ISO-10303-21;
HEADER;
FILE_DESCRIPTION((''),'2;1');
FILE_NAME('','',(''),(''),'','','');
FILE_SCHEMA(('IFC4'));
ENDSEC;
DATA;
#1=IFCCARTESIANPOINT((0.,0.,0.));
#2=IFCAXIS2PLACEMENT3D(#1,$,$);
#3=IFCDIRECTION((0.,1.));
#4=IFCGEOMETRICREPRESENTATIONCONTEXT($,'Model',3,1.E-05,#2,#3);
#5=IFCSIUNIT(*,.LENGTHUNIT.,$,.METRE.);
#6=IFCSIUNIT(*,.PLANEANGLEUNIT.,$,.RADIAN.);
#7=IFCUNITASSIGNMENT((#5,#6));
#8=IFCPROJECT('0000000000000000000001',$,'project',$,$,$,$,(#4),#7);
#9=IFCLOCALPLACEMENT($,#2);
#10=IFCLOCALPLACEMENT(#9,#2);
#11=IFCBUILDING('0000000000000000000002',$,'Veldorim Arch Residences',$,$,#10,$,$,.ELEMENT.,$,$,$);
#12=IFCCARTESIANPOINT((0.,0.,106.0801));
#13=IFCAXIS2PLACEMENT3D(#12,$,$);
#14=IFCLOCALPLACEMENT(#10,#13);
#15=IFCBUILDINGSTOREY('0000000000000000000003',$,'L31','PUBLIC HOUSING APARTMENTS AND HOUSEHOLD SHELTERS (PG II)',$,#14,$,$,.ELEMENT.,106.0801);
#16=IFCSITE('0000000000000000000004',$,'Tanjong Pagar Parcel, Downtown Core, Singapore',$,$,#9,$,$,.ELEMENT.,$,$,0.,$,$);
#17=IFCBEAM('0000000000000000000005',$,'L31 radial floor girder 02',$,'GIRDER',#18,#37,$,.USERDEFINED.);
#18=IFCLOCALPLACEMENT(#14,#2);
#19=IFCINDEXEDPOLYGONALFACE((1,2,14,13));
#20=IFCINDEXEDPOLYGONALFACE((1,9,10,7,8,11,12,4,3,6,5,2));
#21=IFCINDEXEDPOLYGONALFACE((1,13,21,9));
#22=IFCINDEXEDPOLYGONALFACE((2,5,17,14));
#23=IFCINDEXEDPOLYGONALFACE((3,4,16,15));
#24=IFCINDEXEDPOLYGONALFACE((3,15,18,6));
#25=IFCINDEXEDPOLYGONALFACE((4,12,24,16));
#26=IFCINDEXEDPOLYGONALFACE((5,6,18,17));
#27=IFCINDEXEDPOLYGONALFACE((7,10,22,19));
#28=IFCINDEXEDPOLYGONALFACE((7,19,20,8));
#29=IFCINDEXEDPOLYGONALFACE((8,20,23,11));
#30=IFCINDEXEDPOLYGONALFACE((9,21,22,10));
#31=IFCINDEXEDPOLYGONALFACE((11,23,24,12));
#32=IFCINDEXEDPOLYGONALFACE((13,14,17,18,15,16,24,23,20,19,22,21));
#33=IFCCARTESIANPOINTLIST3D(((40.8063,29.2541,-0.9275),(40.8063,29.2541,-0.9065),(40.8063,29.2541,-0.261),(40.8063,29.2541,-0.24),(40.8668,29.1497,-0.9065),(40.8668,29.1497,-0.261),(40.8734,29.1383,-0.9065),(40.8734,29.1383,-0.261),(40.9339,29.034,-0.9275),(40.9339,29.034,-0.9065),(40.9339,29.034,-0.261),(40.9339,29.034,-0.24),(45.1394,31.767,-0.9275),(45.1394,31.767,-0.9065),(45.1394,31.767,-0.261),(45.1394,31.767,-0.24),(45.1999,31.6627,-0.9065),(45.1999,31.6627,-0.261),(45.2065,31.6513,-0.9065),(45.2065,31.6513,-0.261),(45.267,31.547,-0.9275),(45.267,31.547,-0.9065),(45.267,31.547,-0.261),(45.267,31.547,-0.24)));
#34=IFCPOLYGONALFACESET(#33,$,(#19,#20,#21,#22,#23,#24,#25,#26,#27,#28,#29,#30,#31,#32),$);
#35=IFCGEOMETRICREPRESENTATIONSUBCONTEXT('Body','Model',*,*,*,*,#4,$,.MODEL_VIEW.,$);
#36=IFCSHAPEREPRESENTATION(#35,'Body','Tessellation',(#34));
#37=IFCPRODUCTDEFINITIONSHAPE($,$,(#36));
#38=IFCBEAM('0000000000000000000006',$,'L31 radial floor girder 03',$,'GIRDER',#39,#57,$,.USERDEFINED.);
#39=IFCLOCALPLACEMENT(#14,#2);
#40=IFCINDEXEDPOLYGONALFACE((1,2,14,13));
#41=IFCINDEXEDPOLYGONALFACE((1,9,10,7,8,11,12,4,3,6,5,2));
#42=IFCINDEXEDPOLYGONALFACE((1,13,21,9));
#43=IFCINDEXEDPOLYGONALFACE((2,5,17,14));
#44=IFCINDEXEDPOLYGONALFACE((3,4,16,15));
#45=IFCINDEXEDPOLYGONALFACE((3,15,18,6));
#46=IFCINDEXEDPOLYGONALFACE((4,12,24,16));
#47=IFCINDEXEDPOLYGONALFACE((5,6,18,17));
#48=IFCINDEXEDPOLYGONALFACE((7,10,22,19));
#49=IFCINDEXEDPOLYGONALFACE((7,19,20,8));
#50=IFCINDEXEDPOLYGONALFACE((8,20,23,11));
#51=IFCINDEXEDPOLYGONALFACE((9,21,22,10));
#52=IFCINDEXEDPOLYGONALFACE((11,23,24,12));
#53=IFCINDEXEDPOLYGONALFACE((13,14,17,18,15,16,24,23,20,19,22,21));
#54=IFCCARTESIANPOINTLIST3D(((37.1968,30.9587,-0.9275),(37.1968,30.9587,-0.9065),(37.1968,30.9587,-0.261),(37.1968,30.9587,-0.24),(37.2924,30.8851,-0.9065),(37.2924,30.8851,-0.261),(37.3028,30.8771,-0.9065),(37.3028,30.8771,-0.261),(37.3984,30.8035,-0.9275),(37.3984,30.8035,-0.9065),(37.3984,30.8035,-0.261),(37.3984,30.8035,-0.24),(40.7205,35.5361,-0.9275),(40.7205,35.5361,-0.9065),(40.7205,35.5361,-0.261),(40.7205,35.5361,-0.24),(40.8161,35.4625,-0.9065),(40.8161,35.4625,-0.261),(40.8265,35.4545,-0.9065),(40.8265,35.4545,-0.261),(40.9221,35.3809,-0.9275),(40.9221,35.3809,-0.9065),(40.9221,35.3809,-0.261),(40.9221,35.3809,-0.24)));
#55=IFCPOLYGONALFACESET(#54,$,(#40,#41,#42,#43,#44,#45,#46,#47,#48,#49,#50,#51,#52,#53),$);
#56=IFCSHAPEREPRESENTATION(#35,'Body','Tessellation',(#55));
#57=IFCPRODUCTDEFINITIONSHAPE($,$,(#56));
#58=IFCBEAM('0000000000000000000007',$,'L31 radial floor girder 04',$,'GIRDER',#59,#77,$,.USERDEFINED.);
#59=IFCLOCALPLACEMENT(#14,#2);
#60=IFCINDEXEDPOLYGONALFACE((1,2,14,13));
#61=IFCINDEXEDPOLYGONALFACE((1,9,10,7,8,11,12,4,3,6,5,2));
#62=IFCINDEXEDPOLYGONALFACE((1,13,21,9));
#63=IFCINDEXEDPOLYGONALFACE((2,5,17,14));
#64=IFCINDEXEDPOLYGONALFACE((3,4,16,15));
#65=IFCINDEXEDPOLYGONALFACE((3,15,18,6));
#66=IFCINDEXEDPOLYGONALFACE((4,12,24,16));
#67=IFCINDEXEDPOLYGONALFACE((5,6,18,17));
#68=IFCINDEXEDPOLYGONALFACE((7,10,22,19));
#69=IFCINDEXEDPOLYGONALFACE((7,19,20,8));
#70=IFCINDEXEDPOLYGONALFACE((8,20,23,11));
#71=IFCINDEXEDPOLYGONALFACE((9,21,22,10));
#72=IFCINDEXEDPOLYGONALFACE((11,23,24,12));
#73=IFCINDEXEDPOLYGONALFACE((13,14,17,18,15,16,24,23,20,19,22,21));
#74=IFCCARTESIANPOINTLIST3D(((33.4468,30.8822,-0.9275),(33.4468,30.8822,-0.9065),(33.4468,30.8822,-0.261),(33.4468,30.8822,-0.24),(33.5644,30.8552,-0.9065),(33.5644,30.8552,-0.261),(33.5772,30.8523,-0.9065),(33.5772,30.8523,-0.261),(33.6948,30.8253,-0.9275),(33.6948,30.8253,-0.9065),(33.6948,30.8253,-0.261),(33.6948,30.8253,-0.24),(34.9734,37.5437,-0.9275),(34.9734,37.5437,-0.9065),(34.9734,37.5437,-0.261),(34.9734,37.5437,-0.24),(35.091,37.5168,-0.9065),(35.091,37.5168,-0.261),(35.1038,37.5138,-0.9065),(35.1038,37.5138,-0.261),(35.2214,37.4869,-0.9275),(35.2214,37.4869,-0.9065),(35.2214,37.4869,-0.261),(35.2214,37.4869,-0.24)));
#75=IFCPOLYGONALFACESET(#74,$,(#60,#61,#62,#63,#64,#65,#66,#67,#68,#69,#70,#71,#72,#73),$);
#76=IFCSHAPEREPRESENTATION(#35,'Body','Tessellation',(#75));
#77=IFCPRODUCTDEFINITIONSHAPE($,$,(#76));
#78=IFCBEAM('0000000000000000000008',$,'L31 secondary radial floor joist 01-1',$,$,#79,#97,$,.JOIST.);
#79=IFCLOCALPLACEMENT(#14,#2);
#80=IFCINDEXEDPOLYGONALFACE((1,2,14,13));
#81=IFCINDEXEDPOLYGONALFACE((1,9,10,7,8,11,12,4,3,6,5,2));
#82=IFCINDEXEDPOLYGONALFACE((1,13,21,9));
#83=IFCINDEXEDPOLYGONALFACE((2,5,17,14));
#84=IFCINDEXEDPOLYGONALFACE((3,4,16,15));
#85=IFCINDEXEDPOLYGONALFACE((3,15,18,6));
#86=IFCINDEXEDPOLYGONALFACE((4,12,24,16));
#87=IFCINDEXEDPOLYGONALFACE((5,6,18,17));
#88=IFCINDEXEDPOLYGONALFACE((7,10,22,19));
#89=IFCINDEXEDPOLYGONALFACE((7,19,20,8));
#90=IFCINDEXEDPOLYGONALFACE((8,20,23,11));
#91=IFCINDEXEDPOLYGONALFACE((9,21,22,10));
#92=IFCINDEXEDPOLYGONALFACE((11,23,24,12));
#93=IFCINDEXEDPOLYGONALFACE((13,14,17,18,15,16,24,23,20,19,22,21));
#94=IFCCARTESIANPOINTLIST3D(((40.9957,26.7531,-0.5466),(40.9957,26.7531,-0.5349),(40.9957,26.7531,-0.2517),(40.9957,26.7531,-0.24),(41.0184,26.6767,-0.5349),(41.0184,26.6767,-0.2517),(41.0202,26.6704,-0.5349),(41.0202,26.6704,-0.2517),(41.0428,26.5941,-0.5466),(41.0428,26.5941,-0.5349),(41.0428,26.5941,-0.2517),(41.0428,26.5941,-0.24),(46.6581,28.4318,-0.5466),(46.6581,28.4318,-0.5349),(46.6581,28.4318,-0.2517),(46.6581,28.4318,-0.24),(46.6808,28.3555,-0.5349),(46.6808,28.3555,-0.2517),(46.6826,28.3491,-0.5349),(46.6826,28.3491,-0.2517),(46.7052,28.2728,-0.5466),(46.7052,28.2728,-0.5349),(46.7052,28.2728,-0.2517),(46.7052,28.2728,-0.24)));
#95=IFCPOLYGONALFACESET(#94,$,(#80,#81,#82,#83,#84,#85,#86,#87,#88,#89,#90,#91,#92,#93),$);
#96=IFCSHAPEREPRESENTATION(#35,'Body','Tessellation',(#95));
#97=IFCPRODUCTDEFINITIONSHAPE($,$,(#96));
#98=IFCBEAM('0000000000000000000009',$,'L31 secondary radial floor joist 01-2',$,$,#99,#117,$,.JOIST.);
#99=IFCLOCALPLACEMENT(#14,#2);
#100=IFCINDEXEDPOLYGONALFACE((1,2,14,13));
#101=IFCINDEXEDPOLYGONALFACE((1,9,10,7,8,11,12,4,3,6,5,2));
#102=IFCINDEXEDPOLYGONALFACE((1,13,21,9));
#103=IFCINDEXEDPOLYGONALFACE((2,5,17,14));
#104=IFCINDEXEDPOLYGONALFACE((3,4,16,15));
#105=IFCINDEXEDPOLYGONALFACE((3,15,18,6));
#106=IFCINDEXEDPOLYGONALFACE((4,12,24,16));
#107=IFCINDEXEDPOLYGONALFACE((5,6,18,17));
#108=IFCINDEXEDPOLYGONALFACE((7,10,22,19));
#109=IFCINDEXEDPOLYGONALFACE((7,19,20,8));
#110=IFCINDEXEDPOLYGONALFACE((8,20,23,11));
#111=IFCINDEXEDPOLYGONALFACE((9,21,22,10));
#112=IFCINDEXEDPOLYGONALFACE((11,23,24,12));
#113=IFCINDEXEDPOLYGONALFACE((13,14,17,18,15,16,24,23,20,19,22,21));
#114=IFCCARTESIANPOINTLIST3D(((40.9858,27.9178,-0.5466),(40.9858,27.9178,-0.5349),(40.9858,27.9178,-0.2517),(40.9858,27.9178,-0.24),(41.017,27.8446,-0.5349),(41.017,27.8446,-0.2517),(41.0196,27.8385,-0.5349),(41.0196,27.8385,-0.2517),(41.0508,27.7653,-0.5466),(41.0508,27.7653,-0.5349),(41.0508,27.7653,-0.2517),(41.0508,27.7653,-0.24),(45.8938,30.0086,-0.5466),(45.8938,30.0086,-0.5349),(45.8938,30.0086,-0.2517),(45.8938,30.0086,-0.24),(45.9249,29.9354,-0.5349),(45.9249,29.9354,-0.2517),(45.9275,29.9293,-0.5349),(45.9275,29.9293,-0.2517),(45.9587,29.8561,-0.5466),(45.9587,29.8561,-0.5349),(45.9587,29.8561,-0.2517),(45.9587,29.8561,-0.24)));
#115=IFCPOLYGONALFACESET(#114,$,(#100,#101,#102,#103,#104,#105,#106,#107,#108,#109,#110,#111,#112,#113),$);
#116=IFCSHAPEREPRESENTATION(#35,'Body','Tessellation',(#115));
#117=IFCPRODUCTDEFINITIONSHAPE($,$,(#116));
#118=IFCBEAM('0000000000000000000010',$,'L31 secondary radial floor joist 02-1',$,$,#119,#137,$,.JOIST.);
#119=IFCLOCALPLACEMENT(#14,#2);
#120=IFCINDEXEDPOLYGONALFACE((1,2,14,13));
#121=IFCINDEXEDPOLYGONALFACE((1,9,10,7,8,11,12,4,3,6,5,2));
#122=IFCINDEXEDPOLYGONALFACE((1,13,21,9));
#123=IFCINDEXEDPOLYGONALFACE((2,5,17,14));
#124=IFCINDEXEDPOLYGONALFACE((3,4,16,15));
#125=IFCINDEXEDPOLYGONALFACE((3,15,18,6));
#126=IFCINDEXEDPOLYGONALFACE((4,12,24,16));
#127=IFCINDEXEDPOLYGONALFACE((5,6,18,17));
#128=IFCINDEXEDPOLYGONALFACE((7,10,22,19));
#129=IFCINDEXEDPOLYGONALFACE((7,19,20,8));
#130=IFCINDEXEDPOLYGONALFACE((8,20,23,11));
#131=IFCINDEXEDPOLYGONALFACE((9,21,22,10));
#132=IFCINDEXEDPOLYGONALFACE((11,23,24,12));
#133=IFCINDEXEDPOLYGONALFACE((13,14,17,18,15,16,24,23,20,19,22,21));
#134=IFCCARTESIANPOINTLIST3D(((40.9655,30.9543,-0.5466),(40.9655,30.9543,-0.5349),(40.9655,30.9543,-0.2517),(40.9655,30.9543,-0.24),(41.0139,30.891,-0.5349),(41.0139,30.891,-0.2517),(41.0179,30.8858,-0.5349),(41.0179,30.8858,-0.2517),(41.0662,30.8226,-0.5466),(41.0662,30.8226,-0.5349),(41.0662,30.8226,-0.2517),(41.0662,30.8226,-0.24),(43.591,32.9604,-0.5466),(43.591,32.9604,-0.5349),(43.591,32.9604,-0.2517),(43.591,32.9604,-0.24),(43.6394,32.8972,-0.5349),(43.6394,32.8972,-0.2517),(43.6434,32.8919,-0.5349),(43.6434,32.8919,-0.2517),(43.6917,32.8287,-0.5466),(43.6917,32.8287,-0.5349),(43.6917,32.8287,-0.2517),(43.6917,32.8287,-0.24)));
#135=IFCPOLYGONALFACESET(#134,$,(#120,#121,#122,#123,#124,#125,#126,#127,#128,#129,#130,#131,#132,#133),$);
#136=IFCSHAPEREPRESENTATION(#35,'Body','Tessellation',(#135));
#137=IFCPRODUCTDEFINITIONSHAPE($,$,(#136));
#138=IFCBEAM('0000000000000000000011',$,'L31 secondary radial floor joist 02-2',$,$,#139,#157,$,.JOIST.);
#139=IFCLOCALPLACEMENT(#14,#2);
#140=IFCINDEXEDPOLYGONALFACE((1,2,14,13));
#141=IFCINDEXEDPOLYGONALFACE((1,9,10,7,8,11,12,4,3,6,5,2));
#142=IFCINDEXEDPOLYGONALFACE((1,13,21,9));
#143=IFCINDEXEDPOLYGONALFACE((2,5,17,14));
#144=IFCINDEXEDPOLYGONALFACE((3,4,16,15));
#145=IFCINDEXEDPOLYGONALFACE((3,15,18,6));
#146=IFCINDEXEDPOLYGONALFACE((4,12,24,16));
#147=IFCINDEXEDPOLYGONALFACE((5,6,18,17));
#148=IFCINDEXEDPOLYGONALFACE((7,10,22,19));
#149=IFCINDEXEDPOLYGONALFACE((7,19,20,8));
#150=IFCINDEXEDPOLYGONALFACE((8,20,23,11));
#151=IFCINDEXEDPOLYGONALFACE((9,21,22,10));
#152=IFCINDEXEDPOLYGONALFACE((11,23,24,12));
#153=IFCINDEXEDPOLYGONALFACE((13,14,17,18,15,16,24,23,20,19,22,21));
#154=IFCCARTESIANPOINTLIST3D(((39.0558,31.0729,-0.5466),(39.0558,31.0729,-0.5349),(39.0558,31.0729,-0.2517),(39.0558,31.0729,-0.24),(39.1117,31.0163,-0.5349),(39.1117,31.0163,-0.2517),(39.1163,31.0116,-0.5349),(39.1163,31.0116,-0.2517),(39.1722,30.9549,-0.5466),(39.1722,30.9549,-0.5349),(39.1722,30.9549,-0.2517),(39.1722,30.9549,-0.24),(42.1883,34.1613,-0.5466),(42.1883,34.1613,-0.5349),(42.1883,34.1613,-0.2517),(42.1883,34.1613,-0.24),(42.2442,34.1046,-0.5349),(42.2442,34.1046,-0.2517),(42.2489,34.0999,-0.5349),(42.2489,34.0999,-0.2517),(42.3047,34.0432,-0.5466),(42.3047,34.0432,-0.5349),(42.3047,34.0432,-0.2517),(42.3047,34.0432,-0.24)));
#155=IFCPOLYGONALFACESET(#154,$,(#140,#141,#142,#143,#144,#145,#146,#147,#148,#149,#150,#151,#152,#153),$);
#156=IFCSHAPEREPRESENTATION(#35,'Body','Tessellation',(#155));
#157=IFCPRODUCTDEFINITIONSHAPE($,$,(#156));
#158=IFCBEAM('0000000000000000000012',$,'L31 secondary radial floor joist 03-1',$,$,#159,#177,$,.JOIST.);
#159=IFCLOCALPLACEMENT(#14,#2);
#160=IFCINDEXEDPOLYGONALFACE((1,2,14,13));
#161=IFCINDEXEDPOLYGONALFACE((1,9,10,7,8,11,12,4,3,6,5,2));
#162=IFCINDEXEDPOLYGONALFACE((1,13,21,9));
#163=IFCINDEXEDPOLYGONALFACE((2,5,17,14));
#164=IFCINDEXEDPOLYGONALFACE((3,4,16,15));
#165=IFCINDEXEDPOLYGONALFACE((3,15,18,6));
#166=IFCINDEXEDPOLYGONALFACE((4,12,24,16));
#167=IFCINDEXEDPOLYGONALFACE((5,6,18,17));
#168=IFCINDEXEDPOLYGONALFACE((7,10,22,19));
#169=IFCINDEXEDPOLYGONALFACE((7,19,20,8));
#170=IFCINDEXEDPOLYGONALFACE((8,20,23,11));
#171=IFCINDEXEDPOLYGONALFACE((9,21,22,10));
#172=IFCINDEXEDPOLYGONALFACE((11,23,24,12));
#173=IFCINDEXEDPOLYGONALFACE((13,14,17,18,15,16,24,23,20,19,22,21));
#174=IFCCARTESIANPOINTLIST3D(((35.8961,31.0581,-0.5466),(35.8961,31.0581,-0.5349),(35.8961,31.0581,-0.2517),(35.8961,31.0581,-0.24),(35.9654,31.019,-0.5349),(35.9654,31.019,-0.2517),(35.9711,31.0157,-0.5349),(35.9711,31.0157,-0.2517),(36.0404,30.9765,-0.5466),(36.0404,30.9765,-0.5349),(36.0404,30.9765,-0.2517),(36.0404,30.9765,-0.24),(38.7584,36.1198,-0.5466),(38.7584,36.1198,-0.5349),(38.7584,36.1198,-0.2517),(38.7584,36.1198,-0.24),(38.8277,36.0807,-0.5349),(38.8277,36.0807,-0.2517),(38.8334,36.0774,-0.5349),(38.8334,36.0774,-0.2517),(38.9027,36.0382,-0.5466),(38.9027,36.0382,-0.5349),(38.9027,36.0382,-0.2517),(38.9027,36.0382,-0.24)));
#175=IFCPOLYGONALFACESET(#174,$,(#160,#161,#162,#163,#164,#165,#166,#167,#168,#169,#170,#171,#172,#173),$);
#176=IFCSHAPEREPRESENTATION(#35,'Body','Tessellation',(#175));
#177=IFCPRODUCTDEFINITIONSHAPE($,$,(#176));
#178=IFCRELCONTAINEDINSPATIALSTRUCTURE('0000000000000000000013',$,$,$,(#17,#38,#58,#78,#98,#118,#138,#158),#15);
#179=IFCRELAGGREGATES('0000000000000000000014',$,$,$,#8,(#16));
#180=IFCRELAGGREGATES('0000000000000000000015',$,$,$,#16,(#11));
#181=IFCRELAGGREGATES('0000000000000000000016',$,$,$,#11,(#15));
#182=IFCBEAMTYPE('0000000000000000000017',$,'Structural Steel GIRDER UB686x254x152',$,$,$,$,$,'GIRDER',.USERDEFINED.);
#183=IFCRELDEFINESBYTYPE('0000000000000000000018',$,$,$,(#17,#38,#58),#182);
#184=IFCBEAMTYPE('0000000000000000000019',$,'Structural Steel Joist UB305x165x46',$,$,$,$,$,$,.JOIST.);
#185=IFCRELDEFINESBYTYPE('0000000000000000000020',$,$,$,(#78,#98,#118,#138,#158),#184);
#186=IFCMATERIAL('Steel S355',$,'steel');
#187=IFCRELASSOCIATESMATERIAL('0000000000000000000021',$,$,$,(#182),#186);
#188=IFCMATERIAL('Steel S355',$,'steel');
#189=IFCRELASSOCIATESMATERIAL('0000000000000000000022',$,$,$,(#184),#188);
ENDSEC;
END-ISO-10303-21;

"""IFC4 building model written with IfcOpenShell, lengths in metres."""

from ifc_helpers import new_model, si_unit, direction, frame, origin, origin_2d, place, context, subcontext, project, spatial, i_section, extrude, material, material_profile, profile_set, type_object, element, save


model = new_model("IFC4")

# Units and contexts
model_context = context("Model", 3, precision=1e-05, world=origin(), true_north=direction((0.0, 1.0)))
body_context = subcontext(model_context, "Body", "Model", "MODEL_VIEW")
ifc_project = project(units=[si_unit("LENGTHUNIT", "METRE"), si_unit("PLANEANGLEUNIT", "RADIAN")], contexts=[model_context])

# Site, building, storey
site_placement = place(None, origin())
site = spatial("IfcSite", under=ifc_project, at=site_placement, Name="Tanjong Pagar Parcel, Downtown Core, Singapore", CompositionType="ELEMENT", RefElevation=0.0)
building_placement = place(site_placement, origin())
building = spatial("IfcBuilding", under=site, at=building_placement, Name="Veldorim Arch Residences", CompositionType="ELEMENT")
storey_placement = place(building_placement, frame((0.0, 0.0, 106.0801)))
storey = spatial("IfcBuildingStorey", under=building, at=storey_placement, Name="L31", Description="PUBLIC HOUSING APARTMENTS AND HOUSEHOLD SHELTERS (PG II)", CompositionType="ELEMENT", Elevation=106.0801)

# Beams
ifc_material_1 = material(Name="Steel S355", Category="steel")
ifc_material_profile_1 = material_profile(ifc_material_1, i_section(OverallWidth=0.2544, OverallDepth=0.6875, WebThickness=0.0132, FlangeThickness=0.021, at=origin_2d()), Name="UB686x254x152")
ifc_profile_set_1 = profile_set([ifc_material_profile_1], Name="Steel S355")
beam_type_1 = type_object("IfcBeamType", Name="Structural Steel GIRDER UB686x254x152", ElementType="GIRDER", PredefinedType="USERDEFINED", material=ifc_profile_set_1)
beam_1_placement = place(storey_placement, frame((40.8701, 29.144, -0.5837), z_axis=(0.865049, 0.501687, 0.0), x_axis=(-0.501687, 0.865049, 0.0)))
element("IfcBeam", 1, at=beam_1_placement, inside=storey, type_object=beam_type_1, Name="L31 radial floor girder 02", ObjectType="GIRDER", PredefinedType="USERDEFINED", context=body_context, shape_type="SweptSolid", body=[
    extrude(i_section(OverallWidth=0.2544, OverallDepth=0.6875, WebThickness=0.0132, FlangeThickness=0.021, at=origin_2d()), origin(), (0.0, 0.0, 1.0), 5.009),
])
beam_2_placement = place(storey_placement, frame((37.2976, 30.8811, -0.5837), z_axis=(0.609995, 0.792406, 0.0), x_axis=(-0.792406, 0.609995, 0.0)))
element("IfcBeam", 2, at=beam_2_placement, inside=storey, type_object=beam_type_1, Name="L31 radial floor girder 03", ObjectType="GIRDER", PredefinedType="USERDEFINED", context=body_context, shape_type="SweptSolid", body=[
    extrude(i_section(OverallWidth=0.2544, OverallDepth=0.6875, WebThickness=0.0132, FlangeThickness=0.021, at=origin_2d()), origin(), (0.0, 0.0, 1.0), 5.7766),
])
beam_3_placement = place(storey_placement, frame((33.5708, 30.8538, -0.5837), z_axis=(0.223375, 0.974733, 0.0), x_axis=(-0.974733, 0.223375, 0.0)))
element("IfcBeam", 3, at=beam_3_placement, inside=storey, type_object=beam_type_1, Name="L31 radial floor girder 04", ObjectType="GIRDER", PredefinedType="USERDEFINED", context=body_context, shape_type="SweptSolid", body=[
    extrude(i_section(OverallWidth=0.2544, OverallDepth=0.6875, WebThickness=0.0132, FlangeThickness=0.021, at=origin_2d()), origin(), (0.0, 0.0, 1.0), 6.8342),
])
ifc_material_2 = material(Name="Steel S355", Category="steel")
ifc_material_profile_2 = material_profile(ifc_material_2, i_section(OverallWidth=0.1658, OverallDepth=0.3066, WebThickness=0.0066, FlangeThickness=0.0117, at=origin_2d()), Name="UB305x165x46")
ifc_profile_set_2 = profile_set([ifc_material_profile_2], Name="Steel S355")
beam_type_2 = type_object("IfcBeamType", Name="Structural Steel Joist UB305x165x46", PredefinedType="JOIST", material=ifc_profile_set_2)
beam_4_placement = place(storey_placement, frame((41.0193, 26.6736, -0.3933), z_axis=(0.958753, 0.28424, 0.0), x_axis=(-0.28424, 0.958753, 0.0)))
element("IfcBeam", 4, at=beam_4_placement, inside=storey, type_object=beam_type_2, Name="L31 secondary radial floor joist 01-1", PredefinedType="JOIST", context=body_context, shape_type="SweptSolid", body=[
    extrude(i_section(OverallWidth=0.1658, OverallDepth=0.3066, WebThickness=0.0066, FlangeThickness=0.0117, at=origin_2d()), origin(), (0.0, 0.0, 1.0), 5.906),
])
beam_5_placement = place(storey_placement, frame((41.0183, 27.8416, -0.3933), z_axis=(0.919997, 0.391924, 0.0), x_axis=(-0.391924, 0.919997, 0.0)))
element("IfcBeam", 5, at=beam_5_placement, inside=storey, type_object=beam_type_2, Name="L31 secondary radial floor joist 01-2", PredefinedType="JOIST", context=body_context, shape_type="SweptSolid", body=[
    extrude(i_section(OverallWidth=0.1658, OverallDepth=0.3066, WebThickness=0.0066, FlangeThickness=0.0117, at=origin_2d()), origin(), (0.0, 0.0, 1.0), 5.3347),
])
beam_6_placement = place(storey_placement, frame((41.0159, 30.8884, -0.3933), z_axis=(0.794595, 0.60714, 0.0), x_axis=(-0.60714, 0.794595, 0.0)))
element("IfcBeam", 6, at=beam_6_placement, inside=storey, type_object=beam_type_2, Name="L31 secondary radial floor joist 02-1", PredefinedType="JOIST", context=body_context, shape_type="SweptSolid", body=[
    extrude(i_section(OverallWidth=0.1658, OverallDepth=0.3066, WebThickness=0.0066, FlangeThickness=0.0117, at=origin_2d()), origin(), (0.0, 0.0, 1.0), 3.3042),
])
beam_7_placement = place(storey_placement, frame((39.114, 31.0139, -0.3933), z_axis=(0.712112, 0.702066, 0.0), x_axis=(-0.702066, 0.712112, 0.0)))
element("IfcBeam", 7, at=beam_7_placement, inside=storey, type_object=beam_type_2, Name="L31 secondary radial floor joist 02-2", PredefinedType="JOIST", context=body_context, shape_type="SweptSolid", body=[
    extrude(i_section(OverallWidth=0.1658, OverallDepth=0.3066, WebThickness=0.0066, FlangeThickness=0.0117, at=origin_2d()), origin(), (0.0, 0.0, 1.0), 4.3989),
])
beam_8_placement = place(storey_placement, frame((35.9683, 31.0173, -0.3933), z_axis=(0.492227, 0.870467, 0.0), x_axis=(-0.870467, 0.492227, 0.0)))
element("IfcBeam", 8, at=beam_8_placement, inside=storey, type_object=beam_type_2, Name="L31 secondary radial floor joist 03-1", PredefinedType="JOIST", context=body_context, shape_type="SweptSolid", body=[
    extrude(i_section(OverallWidth=0.1658, OverallDepth=0.3066, WebThickness=0.0066, FlangeThickness=0.0117, at=origin_2d()), origin(), (0.0, 0.0, 1.0), 5.8149),
])

save(model, "model.ifc")
